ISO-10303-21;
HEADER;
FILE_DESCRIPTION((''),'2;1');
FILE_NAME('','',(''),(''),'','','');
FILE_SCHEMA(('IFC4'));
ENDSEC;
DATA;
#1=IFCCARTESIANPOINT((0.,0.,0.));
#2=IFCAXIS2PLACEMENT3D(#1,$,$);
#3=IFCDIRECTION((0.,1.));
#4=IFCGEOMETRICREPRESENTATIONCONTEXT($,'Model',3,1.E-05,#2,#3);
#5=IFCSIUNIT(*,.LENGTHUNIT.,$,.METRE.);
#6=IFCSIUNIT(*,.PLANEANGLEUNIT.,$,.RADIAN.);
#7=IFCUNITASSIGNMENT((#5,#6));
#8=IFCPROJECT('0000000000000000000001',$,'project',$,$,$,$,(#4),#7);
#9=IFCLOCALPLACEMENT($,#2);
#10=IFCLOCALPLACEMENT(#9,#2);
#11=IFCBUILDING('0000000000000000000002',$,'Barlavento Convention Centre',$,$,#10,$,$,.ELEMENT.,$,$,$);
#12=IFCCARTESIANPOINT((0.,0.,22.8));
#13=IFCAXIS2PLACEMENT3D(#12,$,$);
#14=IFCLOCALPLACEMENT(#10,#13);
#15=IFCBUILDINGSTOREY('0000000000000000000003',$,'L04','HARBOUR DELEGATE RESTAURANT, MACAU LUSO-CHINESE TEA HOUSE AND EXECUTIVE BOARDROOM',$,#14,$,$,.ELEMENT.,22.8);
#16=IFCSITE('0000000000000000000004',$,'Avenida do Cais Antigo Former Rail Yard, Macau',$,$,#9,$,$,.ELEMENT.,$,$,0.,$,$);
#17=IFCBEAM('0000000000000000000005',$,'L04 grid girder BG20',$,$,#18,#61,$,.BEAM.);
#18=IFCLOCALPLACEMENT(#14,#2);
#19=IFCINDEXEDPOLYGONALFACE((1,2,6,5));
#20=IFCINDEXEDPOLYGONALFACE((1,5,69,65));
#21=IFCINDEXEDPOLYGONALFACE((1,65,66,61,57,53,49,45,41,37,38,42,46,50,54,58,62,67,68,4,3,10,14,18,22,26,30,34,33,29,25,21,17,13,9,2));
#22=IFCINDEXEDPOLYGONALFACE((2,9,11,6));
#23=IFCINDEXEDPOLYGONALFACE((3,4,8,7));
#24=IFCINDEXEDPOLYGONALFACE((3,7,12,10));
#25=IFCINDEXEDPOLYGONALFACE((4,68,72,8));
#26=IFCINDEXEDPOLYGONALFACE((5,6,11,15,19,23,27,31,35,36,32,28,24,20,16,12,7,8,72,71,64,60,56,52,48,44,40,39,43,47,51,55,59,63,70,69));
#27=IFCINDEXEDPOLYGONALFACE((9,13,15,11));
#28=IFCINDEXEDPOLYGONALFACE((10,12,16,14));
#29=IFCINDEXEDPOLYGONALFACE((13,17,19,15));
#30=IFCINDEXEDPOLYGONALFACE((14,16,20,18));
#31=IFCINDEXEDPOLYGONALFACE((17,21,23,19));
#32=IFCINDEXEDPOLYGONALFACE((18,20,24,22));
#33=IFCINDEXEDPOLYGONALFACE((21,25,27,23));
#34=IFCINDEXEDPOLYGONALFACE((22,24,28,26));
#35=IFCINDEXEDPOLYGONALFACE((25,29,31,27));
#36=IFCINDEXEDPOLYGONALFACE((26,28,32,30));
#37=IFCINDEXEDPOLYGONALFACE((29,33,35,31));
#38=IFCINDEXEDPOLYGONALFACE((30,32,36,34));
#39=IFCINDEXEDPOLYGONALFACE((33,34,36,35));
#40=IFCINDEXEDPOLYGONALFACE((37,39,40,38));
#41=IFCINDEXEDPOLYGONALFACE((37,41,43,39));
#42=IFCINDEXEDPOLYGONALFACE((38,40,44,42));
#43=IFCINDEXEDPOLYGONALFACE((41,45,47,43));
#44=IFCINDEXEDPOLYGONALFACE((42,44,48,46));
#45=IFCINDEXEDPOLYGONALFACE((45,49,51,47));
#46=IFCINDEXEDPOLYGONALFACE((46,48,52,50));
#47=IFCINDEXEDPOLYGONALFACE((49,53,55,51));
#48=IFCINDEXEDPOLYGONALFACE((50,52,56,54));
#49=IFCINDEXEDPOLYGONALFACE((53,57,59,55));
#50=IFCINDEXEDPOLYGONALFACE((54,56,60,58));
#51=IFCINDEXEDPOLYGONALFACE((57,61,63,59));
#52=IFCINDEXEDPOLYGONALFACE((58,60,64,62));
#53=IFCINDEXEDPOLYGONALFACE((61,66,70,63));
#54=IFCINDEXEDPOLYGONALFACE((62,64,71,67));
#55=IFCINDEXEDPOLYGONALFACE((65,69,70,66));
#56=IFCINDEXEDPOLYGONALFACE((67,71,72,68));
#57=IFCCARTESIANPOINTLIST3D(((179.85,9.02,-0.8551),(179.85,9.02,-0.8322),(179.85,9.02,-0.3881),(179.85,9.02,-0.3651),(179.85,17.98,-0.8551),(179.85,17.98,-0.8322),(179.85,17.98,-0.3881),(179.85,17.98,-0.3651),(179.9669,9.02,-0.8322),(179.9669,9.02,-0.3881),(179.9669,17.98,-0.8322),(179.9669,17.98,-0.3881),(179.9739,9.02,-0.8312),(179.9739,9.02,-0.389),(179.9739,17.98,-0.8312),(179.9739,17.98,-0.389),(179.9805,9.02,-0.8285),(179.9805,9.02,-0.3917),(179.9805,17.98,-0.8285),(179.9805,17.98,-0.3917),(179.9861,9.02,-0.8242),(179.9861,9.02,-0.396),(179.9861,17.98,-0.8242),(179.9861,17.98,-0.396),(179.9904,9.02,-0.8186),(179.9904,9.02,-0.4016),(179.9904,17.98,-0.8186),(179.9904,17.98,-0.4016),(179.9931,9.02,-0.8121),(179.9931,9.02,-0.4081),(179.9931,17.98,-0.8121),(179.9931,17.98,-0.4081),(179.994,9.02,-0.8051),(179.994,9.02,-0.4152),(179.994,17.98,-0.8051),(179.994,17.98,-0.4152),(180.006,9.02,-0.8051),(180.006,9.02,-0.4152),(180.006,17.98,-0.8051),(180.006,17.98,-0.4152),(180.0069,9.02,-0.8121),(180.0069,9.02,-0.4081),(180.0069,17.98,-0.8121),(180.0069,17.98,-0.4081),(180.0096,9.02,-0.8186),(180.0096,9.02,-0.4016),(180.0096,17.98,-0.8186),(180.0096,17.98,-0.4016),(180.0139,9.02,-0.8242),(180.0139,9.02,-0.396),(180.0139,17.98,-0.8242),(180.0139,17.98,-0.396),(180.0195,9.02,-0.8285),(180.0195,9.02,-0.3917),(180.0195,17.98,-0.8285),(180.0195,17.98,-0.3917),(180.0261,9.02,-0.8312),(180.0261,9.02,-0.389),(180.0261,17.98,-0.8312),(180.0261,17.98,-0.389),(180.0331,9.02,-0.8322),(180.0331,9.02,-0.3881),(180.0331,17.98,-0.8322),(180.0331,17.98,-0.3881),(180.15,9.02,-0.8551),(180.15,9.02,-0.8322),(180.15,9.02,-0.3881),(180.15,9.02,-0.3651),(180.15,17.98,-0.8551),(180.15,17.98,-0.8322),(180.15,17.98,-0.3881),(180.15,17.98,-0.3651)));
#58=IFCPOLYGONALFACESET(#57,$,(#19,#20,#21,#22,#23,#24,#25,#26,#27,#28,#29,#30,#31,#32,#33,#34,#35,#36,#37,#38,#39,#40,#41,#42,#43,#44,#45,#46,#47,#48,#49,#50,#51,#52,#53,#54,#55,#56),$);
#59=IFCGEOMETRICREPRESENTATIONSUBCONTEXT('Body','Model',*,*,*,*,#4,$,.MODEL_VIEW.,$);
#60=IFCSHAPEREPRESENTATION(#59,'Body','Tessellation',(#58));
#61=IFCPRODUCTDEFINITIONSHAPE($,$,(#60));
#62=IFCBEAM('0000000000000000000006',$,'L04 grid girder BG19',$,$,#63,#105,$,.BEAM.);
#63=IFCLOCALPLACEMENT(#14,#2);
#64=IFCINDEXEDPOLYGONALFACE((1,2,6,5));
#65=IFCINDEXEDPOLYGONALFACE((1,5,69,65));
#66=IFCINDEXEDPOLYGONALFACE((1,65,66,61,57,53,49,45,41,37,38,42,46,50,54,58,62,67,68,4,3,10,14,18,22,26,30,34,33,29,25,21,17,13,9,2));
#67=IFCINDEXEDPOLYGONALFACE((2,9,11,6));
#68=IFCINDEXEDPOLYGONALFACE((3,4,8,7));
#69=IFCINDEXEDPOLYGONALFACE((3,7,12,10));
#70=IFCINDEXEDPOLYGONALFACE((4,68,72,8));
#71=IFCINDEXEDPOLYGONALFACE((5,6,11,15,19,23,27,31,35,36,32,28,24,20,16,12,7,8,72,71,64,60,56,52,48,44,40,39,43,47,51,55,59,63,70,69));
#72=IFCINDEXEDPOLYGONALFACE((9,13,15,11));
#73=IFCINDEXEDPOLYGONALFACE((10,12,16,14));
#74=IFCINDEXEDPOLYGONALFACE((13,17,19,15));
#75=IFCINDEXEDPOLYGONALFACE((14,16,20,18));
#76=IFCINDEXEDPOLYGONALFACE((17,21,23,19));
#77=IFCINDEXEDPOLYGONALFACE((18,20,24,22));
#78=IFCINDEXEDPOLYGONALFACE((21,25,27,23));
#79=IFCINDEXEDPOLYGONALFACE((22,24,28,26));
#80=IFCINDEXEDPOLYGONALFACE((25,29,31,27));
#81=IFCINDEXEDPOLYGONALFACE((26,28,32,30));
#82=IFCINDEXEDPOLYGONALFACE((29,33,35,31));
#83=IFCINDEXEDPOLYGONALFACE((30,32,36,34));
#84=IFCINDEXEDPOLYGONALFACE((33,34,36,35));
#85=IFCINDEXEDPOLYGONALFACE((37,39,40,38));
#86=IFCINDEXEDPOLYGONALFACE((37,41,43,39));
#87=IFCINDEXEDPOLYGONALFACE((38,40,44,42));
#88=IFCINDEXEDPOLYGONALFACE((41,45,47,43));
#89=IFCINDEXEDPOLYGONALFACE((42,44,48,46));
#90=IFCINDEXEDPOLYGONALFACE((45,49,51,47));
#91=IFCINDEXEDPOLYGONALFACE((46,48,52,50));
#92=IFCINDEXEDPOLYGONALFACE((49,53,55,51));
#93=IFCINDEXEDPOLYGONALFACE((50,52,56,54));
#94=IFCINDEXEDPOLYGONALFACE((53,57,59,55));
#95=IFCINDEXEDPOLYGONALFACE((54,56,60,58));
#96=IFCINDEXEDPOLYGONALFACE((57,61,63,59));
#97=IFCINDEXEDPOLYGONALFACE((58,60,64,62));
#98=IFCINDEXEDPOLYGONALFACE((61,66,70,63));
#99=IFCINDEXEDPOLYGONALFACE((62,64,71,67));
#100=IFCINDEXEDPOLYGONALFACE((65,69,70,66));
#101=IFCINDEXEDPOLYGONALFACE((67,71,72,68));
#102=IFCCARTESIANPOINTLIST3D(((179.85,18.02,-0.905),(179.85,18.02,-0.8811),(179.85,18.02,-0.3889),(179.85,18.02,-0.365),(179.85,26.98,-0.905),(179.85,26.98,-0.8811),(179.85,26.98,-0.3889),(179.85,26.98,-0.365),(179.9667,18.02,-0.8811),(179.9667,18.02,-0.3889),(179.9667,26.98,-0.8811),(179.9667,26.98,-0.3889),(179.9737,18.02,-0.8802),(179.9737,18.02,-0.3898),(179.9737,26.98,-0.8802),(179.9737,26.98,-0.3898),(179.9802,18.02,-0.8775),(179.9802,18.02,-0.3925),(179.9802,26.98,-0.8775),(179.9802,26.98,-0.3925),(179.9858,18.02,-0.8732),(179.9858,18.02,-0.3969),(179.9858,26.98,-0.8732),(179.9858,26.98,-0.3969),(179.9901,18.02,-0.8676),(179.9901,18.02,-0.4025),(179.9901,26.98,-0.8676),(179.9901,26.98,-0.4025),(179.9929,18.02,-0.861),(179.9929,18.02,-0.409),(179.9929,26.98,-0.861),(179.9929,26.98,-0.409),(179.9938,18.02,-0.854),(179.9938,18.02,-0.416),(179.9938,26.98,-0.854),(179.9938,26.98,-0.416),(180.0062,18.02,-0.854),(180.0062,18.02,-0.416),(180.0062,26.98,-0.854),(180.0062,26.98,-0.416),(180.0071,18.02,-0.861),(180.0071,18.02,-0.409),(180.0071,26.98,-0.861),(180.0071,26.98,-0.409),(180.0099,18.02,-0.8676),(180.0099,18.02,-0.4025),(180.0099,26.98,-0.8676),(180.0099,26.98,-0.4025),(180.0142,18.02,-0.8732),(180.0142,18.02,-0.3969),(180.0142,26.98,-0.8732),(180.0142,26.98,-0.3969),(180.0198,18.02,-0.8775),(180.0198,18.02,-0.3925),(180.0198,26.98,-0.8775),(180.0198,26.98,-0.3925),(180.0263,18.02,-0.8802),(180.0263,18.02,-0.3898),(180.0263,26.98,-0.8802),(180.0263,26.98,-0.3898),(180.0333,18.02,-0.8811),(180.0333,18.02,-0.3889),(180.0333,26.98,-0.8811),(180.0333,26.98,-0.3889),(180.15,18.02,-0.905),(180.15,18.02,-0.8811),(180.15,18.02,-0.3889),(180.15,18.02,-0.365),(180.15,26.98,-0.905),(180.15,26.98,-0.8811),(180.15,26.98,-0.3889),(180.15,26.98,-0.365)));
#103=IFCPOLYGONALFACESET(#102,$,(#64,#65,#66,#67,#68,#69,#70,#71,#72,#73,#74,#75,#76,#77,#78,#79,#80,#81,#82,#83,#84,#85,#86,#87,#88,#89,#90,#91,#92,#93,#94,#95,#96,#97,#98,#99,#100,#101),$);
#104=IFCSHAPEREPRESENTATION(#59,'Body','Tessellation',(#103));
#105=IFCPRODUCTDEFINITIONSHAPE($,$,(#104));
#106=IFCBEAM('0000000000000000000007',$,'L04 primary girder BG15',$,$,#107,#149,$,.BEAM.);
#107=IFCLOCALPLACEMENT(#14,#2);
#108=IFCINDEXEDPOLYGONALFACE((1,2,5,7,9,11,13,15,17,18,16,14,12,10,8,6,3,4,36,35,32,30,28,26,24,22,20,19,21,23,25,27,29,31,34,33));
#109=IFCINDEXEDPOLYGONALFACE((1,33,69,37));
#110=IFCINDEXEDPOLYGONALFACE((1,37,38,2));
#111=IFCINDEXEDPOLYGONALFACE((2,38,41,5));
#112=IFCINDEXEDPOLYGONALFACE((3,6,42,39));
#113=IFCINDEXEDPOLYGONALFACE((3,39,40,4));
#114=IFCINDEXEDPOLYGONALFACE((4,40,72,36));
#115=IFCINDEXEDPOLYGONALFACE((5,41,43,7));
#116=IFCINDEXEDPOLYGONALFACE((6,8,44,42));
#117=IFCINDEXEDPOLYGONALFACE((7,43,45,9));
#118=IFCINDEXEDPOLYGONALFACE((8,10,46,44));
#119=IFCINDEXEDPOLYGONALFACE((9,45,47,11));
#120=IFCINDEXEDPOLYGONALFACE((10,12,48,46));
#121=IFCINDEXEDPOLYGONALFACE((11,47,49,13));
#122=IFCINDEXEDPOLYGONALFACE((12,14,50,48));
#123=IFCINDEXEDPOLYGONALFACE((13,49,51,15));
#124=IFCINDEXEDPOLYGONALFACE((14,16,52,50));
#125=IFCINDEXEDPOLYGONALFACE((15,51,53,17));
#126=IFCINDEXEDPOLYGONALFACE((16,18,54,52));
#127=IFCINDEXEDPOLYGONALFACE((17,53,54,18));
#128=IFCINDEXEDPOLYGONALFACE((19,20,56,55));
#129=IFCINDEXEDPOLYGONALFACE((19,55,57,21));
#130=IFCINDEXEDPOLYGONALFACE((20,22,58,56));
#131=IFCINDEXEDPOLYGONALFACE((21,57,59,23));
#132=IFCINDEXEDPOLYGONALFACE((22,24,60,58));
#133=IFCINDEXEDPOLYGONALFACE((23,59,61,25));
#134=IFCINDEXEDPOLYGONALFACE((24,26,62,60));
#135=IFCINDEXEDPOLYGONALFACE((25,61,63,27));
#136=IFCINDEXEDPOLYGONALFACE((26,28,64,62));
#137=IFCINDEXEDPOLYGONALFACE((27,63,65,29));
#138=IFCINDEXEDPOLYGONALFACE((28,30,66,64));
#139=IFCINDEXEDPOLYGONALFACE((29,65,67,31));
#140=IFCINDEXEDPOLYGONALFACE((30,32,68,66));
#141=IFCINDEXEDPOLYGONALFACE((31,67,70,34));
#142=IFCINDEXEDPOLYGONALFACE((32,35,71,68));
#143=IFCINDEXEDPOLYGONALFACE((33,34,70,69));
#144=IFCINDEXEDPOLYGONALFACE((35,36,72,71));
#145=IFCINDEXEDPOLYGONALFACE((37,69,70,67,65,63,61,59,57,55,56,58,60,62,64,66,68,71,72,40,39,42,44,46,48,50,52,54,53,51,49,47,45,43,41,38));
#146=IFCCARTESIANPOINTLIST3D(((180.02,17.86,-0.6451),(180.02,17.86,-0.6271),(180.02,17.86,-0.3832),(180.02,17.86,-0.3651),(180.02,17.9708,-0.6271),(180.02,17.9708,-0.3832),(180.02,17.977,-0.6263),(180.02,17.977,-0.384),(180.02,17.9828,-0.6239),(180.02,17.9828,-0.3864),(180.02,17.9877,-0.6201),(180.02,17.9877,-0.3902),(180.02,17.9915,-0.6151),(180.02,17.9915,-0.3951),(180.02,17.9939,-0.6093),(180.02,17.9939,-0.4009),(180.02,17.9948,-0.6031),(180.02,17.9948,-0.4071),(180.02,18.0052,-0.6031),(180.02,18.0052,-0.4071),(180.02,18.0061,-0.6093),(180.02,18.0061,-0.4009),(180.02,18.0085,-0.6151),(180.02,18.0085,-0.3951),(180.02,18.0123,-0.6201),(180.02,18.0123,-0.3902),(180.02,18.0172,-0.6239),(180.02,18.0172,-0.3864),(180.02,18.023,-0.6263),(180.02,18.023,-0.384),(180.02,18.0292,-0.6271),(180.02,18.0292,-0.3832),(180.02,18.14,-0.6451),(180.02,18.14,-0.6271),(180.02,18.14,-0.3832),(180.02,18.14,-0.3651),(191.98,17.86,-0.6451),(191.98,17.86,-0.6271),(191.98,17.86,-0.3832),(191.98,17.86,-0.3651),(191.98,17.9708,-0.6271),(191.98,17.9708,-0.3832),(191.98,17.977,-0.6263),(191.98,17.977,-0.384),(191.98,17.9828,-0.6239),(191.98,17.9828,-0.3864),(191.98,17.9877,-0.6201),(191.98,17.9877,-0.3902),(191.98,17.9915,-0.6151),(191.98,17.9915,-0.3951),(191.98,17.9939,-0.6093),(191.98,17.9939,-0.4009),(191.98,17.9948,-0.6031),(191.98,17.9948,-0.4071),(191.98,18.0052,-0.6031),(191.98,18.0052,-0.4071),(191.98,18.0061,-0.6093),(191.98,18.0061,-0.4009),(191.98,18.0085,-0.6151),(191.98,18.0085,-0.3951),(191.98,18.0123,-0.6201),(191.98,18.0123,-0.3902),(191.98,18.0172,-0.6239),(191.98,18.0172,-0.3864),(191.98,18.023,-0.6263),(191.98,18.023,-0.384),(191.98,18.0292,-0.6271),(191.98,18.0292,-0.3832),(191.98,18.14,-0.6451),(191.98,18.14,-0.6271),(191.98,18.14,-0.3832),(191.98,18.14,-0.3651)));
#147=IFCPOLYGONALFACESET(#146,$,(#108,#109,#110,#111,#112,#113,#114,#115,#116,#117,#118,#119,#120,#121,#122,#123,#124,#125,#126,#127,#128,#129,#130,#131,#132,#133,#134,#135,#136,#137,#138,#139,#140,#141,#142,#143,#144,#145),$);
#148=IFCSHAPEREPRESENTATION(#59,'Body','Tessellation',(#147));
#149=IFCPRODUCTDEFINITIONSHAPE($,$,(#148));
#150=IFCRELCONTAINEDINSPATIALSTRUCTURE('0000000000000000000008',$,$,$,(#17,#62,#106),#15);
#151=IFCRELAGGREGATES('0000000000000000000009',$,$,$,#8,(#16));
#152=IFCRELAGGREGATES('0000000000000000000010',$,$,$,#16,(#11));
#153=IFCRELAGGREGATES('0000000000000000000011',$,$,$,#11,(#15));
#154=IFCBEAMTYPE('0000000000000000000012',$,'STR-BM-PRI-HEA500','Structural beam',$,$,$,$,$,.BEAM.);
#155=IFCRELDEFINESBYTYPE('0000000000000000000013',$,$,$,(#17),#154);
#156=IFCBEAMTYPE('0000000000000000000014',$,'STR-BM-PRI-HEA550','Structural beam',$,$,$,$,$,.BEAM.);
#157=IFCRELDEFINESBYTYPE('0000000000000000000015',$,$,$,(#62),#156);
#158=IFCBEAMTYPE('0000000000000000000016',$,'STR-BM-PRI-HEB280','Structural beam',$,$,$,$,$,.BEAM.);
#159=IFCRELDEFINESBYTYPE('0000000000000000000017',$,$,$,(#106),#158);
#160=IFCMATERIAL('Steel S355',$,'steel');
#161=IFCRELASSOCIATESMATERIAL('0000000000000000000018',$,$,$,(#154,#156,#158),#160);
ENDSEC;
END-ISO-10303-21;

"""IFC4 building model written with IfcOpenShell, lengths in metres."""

from ifc_helpers import new_model, si_unit, direction, frame, origin, origin_2d, place, context, subcontext, project, spatial, i_section, extrude, material, material_profile, profile_set, type_object, element, save


model = new_model("IFC4")

# Units and contexts
model_context = context("Model", 3, precision=1e-05, world=origin(), true_north=direction((0.0, 1.0)))
body_context = subcontext(model_context, "Body", "Model", "MODEL_VIEW")
ifc_project = project(units=[si_unit("LENGTHUNIT", "METRE"), si_unit("PLANEANGLEUNIT", "RADIAN")], contexts=[model_context])

# Site, building, storey
site_placement = place(None, origin())
site = spatial("IfcSite", under=ifc_project, at=site_placement, Name="Avenida do Cais Antigo Former Rail Yard, Macau", CompositionType="ELEMENT", RefElevation=0.0)
building_placement = place(site_placement, origin())
building = spatial("IfcBuilding", under=site, at=building_placement, Name="Barlavento Convention Centre", CompositionType="ELEMENT")
storey_placement = place(building_placement, frame((0.0, 0.0, 22.8)))
storey = spatial("IfcBuildingStorey", under=building, at=storey_placement, Name="L04", Description="HARBOUR DELEGATE RESTAURANT, MACAU LUSO-CHINESE TEA HOUSE AND EXECUTIVE BOARDROOM", CompositionType="ELEMENT", Elevation=22.8)

# Beams
ifc_material_1 = material(Name="Steel S355", Category="steel")
ifc_material_profile_1 = material_profile(ifc_material_1, i_section(OverallWidth=0.3, OverallDepth=0.49, WebThickness=0.012, FlangeThickness=0.0229, FilletRadius=0.0271, at=origin_2d()), Name="HEA 500")
ifc_profile_set_1 = profile_set([ifc_material_profile_1], Name="Steel S355")
beam_type_1 = type_object("IfcBeamType", Name="STR-BM-PRI-HEA500", Description="Structural beam", PredefinedType="BEAM", material=ifc_profile_set_1)
beam_1_placement = place(storey_placement, frame((180.0, 9.02, -0.6101), z_axis=(0.0, 1.0, 0.0), x_axis=(-1.0, 0.0, 0.0)))
element("IfcBeam", 1, at=beam_1_placement, inside=storey, type_object=beam_type_1, Name="L04 grid girder BG20", PredefinedType="BEAM", context=body_context, shape_type="SweptSolid", body=[
    extrude(i_section(OverallWidth=0.3, OverallDepth=0.49, WebThickness=0.012, FlangeThickness=0.0229, FilletRadius=0.0271, at=origin_2d()), origin(), (0.0, 0.0, 1.0), 8.96),
])
ifc_material_profile_2 = material_profile(ifc_material_1, i_section(OverallWidth=0.3, OverallDepth=0.54, WebThickness=0.0125, FlangeThickness=0.0239, FilletRadius=0.0271, at=origin_2d()), Name="HEA 550")
ifc_profile_set_2 = profile_set([ifc_material_profile_2], Name="Steel S355")
beam_type_2 = type_object("IfcBeamType", Name="STR-BM-PRI-HEA550", Description="Structural beam", PredefinedType="BEAM", material=ifc_profile_set_2)
beam_2_placement = place(storey_placement, frame((180.0, 18.02, -0.635), z_axis=(0.0, 1.0, 0.0), x_axis=(-1.0, 0.0, 0.0)))
element("IfcBeam", 2, at=beam_2_placement, inside=storey, type_object=beam_type_2, Name="L04 grid girder BG19", PredefinedType="BEAM", context=body_context, shape_type="SweptSolid", body=[
    extrude(i_section(OverallWidth=0.3, OverallDepth=0.54, WebThickness=0.0125, FlangeThickness=0.0239, FilletRadius=0.0271, at=origin_2d()), origin(), (0.0, 0.0, 1.0), 8.96),
])
ifc_material_profile_3 = material_profile(ifc_material_1, i_section(OverallWidth=0.28, OverallDepth=0.28, WebThickness=0.0105, FlangeThickness=0.0181, FilletRadius=0.0239, at=origin_2d()), Name="HEB 280")
ifc_profile_set_3 = profile_set([ifc_material_profile_3], Name="Steel S355")
beam_type_3 = type_object("IfcBeamType", Name="STR-BM-PRI-HEB280", Description="Structural beam", PredefinedType="BEAM", material=ifc_profile_set_3)
beam_3_placement = place(storey_placement, frame((180.02, 18.0, -0.5051), z_axis=(1.0, 0.0, 0.0), x_axis=(0.0, 1.0, 0.0)))
element("IfcBeam", 3, at=beam_3_placement, inside=storey, type_object=beam_type_3, Name="L04 primary girder BG15", PredefinedType="BEAM", context=body_context, shape_type="SweptSolid", body=[
    extrude(i_section(OverallWidth=0.28, OverallDepth=0.28, WebThickness=0.0105, FlangeThickness=0.0181, FilletRadius=0.0239, at=origin_2d()), origin(), (0.0, 0.0, 1.0), 11.96),
])

save(model, "model.ifc")
